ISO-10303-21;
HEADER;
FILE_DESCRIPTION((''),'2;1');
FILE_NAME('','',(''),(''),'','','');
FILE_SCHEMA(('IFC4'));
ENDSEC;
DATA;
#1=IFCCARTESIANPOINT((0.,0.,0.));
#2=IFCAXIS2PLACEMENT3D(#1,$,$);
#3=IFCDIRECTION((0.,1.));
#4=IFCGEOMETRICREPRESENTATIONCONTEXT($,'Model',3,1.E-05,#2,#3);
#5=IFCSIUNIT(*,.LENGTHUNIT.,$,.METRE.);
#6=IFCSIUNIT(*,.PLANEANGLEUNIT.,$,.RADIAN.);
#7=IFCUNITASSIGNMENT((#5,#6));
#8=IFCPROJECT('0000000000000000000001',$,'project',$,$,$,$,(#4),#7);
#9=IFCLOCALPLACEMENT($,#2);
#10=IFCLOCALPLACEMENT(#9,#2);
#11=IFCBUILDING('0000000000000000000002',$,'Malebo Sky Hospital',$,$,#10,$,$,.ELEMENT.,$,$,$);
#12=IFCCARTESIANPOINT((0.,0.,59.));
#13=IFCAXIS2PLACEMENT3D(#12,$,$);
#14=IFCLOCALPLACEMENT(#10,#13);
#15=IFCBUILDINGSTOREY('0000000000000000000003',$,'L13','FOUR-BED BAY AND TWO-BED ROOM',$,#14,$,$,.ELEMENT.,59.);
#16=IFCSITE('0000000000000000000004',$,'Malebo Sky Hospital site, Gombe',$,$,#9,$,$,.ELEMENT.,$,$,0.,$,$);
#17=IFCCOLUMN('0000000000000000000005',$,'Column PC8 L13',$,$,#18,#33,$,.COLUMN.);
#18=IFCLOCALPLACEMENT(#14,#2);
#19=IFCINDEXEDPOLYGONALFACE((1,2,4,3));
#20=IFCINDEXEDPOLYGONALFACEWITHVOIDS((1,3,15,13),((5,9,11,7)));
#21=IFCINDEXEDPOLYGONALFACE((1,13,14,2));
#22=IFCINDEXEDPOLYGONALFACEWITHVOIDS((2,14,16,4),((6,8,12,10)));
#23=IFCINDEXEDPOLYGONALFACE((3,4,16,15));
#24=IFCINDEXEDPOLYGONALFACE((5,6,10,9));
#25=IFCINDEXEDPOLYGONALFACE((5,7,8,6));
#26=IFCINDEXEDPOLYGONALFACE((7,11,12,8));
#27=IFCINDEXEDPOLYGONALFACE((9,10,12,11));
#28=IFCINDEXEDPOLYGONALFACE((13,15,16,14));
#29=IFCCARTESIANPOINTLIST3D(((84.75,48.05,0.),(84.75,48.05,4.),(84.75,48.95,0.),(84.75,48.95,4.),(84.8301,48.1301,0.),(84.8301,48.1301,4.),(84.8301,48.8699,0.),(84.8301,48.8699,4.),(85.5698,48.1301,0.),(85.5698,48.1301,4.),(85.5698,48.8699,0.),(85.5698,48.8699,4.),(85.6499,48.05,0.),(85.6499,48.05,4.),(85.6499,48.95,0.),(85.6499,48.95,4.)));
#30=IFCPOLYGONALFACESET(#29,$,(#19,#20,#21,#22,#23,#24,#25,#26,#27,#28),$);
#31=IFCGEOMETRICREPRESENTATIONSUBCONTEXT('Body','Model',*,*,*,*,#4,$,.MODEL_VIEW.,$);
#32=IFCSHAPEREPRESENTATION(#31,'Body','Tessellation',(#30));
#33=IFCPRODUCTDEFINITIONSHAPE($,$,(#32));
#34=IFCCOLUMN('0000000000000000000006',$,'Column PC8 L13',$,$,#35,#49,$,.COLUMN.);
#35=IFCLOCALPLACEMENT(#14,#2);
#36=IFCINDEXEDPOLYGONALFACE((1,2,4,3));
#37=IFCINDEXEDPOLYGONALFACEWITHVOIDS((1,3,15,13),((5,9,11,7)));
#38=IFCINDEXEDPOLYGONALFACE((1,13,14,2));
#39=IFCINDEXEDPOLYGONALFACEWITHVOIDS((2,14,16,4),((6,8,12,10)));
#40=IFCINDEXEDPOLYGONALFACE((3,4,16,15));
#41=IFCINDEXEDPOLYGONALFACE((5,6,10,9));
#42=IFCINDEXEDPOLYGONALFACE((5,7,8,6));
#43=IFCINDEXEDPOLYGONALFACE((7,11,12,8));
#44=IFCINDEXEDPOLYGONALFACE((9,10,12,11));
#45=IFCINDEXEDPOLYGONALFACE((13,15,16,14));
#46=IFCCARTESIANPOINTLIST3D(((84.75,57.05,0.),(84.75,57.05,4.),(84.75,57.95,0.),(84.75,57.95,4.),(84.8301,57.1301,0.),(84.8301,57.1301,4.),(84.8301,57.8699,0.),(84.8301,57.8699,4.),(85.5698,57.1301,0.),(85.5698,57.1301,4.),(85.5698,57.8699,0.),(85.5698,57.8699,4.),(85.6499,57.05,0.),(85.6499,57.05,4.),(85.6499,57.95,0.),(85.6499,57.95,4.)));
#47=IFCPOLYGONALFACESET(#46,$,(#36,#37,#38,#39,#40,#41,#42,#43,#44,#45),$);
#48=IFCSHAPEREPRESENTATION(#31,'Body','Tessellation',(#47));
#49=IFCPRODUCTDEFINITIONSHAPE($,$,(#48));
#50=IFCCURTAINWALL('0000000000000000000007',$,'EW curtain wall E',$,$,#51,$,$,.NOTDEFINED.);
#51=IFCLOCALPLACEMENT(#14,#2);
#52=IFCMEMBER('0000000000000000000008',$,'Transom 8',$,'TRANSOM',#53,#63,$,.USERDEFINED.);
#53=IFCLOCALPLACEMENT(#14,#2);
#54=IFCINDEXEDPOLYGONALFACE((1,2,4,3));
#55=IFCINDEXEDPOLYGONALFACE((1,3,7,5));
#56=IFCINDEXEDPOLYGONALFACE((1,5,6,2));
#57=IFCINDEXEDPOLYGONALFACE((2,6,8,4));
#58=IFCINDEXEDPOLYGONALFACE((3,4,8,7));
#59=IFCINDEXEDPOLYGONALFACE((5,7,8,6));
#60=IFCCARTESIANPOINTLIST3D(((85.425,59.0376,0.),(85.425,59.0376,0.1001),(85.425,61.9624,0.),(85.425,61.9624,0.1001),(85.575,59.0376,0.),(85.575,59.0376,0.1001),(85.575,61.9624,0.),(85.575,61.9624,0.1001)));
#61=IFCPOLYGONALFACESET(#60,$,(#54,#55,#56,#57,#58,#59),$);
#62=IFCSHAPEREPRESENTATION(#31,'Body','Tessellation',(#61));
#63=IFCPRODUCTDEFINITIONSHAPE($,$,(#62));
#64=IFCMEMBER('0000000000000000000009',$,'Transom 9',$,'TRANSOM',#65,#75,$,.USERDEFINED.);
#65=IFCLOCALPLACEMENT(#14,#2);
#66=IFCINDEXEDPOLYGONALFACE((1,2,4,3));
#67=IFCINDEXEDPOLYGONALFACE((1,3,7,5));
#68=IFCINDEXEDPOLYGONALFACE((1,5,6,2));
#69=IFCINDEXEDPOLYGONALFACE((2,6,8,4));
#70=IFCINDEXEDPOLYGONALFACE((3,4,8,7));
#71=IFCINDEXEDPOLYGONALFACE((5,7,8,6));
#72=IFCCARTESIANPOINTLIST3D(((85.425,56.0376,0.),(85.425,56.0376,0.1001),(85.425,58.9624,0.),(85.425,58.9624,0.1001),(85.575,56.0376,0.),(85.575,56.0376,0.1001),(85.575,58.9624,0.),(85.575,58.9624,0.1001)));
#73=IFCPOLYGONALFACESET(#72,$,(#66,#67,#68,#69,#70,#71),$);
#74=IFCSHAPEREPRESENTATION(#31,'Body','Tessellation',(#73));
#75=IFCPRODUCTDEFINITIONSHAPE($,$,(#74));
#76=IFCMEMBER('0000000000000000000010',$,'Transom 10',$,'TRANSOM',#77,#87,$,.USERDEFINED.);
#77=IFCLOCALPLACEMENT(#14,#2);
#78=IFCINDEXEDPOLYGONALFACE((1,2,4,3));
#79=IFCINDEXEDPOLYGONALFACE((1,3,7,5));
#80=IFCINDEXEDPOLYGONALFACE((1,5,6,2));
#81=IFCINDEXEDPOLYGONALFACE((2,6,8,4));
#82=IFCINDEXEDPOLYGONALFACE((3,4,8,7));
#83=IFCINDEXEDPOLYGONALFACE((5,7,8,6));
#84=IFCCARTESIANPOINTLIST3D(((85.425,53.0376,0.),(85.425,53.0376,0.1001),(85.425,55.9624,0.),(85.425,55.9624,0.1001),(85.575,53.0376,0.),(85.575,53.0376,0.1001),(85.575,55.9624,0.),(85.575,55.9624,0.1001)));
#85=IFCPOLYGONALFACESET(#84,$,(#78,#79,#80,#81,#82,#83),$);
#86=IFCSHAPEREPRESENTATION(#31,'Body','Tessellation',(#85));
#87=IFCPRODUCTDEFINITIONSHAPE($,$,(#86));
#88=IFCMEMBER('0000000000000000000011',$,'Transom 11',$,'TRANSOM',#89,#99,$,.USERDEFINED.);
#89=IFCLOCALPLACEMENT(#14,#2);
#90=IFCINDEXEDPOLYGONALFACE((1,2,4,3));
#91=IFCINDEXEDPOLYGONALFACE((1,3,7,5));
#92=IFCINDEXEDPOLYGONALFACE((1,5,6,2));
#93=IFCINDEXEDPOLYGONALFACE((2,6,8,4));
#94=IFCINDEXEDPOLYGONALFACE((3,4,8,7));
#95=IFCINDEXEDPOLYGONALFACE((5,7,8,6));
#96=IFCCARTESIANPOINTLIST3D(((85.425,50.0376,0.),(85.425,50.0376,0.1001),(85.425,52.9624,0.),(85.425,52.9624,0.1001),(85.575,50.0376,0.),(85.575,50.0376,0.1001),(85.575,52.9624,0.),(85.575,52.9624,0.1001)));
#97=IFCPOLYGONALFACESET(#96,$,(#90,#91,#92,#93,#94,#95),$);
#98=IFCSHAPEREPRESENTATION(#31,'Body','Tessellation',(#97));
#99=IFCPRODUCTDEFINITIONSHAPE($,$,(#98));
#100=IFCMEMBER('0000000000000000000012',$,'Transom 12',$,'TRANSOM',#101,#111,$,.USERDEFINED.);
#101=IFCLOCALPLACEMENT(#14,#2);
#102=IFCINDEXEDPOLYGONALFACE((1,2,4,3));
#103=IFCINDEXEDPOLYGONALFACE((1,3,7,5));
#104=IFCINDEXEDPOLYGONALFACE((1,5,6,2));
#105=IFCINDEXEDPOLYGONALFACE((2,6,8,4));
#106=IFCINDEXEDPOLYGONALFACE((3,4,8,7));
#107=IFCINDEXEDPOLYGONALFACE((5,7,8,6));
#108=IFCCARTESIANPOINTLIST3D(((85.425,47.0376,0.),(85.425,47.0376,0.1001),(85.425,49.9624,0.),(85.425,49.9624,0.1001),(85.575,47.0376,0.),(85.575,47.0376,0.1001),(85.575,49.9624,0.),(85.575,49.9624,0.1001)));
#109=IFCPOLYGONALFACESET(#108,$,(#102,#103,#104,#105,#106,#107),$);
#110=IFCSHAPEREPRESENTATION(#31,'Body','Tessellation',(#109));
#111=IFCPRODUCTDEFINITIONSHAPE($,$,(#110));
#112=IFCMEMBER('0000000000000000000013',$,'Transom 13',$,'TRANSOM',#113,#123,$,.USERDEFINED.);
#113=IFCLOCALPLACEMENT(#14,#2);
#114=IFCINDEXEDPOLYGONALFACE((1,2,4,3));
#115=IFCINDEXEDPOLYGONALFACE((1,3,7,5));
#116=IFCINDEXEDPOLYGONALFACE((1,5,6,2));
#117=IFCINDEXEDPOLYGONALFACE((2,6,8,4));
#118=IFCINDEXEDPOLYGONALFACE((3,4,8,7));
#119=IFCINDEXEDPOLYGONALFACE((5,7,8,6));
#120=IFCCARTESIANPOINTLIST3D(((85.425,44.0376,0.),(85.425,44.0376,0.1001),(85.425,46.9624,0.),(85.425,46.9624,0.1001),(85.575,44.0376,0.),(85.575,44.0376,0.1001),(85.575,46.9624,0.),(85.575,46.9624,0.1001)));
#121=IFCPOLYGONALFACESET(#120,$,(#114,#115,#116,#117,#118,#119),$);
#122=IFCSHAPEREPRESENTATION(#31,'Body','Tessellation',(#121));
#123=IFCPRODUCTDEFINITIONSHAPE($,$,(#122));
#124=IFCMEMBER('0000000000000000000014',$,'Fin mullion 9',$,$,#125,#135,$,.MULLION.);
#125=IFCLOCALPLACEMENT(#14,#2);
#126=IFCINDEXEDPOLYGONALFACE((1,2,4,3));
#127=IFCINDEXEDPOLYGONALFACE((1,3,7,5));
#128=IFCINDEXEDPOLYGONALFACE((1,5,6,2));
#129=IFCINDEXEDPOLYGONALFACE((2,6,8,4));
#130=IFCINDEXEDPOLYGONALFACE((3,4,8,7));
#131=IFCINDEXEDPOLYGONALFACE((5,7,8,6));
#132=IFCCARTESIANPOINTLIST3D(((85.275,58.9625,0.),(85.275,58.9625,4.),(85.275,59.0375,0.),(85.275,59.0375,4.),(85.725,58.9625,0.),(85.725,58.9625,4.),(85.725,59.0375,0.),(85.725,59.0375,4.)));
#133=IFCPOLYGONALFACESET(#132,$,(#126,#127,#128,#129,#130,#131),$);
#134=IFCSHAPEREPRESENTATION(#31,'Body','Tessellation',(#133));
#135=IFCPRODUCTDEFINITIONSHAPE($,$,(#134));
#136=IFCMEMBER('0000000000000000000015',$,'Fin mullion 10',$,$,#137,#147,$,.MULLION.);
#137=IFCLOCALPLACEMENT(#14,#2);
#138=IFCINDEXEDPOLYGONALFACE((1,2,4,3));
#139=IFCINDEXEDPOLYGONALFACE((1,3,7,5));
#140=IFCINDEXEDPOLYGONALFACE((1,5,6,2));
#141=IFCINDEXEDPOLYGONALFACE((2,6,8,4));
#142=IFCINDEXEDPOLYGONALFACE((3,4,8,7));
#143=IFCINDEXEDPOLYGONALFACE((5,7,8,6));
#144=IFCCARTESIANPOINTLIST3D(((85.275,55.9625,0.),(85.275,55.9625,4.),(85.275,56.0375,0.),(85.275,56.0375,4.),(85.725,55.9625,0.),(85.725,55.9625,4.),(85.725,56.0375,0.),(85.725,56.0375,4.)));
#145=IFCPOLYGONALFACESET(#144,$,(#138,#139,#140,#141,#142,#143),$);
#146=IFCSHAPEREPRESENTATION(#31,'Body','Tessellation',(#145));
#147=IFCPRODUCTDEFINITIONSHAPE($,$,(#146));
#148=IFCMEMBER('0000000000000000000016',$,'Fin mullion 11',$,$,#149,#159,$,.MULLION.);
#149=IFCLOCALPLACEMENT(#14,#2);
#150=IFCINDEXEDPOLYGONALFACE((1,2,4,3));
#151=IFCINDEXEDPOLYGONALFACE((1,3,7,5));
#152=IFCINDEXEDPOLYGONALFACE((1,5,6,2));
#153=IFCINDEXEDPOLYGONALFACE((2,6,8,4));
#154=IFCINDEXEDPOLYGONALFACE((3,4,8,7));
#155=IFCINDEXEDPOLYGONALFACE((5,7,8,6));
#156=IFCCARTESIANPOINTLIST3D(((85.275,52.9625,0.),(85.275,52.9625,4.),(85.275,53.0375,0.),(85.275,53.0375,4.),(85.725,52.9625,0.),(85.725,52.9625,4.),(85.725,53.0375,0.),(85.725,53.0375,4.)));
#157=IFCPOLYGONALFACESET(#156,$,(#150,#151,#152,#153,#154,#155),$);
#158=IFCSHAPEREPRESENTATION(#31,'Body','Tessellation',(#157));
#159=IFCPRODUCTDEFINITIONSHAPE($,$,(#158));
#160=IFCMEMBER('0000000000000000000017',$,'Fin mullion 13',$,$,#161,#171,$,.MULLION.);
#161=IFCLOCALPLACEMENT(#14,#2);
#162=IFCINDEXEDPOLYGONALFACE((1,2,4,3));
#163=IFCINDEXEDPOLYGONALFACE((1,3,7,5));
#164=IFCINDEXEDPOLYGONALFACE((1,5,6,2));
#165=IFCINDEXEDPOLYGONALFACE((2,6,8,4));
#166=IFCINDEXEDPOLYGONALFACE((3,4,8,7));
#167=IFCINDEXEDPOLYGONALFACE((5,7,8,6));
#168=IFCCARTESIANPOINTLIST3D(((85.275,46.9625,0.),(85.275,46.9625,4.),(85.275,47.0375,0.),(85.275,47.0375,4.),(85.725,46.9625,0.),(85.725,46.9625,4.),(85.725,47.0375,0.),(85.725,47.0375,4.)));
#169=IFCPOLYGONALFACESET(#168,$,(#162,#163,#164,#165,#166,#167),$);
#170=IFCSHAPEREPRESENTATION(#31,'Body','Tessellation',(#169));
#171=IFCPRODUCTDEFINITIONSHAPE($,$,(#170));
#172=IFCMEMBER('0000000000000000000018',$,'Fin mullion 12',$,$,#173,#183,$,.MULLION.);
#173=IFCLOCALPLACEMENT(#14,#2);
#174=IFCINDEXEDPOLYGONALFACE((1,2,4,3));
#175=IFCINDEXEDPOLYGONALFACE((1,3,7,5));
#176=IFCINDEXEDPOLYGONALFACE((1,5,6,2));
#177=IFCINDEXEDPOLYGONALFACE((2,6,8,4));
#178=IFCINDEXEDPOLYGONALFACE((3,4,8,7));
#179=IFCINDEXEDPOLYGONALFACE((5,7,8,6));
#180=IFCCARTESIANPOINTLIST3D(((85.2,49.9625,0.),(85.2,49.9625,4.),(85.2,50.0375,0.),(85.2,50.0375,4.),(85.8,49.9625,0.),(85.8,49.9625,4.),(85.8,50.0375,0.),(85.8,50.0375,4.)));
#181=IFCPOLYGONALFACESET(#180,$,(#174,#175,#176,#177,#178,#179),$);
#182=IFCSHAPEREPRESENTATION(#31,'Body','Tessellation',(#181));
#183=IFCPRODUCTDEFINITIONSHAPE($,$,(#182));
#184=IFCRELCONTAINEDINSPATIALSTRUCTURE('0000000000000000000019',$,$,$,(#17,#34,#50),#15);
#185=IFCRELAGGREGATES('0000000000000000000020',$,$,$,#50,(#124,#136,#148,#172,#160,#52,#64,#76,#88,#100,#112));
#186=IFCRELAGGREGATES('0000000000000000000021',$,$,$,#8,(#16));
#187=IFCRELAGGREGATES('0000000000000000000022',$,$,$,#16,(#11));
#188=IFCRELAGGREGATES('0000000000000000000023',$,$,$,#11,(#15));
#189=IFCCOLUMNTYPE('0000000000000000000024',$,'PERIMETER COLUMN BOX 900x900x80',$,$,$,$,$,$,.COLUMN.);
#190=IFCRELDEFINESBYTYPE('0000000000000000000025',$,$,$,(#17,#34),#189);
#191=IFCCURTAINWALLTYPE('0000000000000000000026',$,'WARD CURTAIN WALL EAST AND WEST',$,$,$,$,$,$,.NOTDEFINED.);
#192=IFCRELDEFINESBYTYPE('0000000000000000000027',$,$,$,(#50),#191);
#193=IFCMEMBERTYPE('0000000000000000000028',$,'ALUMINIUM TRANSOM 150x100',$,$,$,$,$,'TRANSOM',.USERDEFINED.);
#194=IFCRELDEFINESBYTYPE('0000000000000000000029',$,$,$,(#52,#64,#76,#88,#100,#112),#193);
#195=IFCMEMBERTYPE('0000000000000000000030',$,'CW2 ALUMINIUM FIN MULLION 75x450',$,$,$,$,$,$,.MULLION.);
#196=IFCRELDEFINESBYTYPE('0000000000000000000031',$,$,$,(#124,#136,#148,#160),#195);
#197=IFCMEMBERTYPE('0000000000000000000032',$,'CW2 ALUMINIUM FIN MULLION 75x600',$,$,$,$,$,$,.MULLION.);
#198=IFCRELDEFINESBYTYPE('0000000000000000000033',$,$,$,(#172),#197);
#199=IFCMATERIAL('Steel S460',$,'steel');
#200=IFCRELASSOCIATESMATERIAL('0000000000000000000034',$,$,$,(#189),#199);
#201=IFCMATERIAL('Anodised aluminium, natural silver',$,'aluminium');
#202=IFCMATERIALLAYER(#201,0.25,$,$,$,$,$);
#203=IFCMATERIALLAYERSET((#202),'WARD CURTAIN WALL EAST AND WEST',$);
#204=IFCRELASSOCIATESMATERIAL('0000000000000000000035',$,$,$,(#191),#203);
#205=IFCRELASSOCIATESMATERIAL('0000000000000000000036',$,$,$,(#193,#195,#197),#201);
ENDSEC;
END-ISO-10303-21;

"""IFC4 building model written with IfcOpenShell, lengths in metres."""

from ifc_helpers import new_model, si_unit, direction, frame, origin, origin_2d, place, context, subcontext, project, spatial, rectangle, hollow_rectangle, extrude, material, layer, layer_set, material_profile, profile_set, type_object, element, aggregate, save


model = new_model("IFC4")

# Units and contexts
model_context = context("Model", 3, precision=1e-05, world=origin(), true_north=direction((0.0, 1.0)))
body_context = subcontext(model_context, "Body", "Model", "MODEL_VIEW")
ifc_project = project(units=[si_unit("LENGTHUNIT", "METRE"), si_unit("PLANEANGLEUNIT", "RADIAN")], contexts=[model_context])

# Site, building, storey
site_placement = place(None, origin())
site = spatial("IfcSite", under=ifc_project, at=site_placement, Name="Malebo Sky Hospital site, Gombe", CompositionType="ELEMENT", RefElevation=0.0)
building_placement = place(site_placement, origin())
building = spatial("IfcBuilding", under=site, at=building_placement, Name="Malebo Sky Hospital", CompositionType="ELEMENT")
storey_placement = place(building_placement, frame((0.0, 0.0, 59.0)))
storey = spatial("IfcBuildingStorey", under=building, at=storey_placement, Name="L13", Description="FOUR-BED BAY AND TWO-BED ROOM", CompositionType="ELEMENT", Elevation=59.0)

# Columns
ifc_material_1 = material(Name="Steel S460", Category="steel")
ifc_material_profile_1 = material_profile(ifc_material_1, hollow_rectangle(XDim=0.8999, YDim=0.8999, WallThickness=0.0801, at=origin_2d()), Name="BOX 900x900x80")
ifc_profile_set_1 = profile_set([ifc_material_profile_1], Name="Steel S460")
column_type = type_object("IfcColumnType", Name="PERIMETER COLUMN BOX 900x900x80", PredefinedType="COLUMN", material=ifc_profile_set_1)
for number, where, z_axis, x_axis, name in (
    (1, (85.2, 48.5, 0.0), (0.0, 0.0, 1.0), (1.0, 0.0, 0.0), "Column PC8 L13"),
    (2, (85.2, 57.5, 0.0), (0.0, 0.0, 1.0), (1.0, 0.0, 0.0), "Column PC8 L13"),
):
    element("IfcColumn", number, at=place(storey_placement, frame(where, z_axis=z_axis, x_axis=x_axis)), inside=storey, type_object=column_type, Name=name, PredefinedType="COLUMN", context=body_context, shape_type="SweptSolid", body=[
        extrude(hollow_rectangle(XDim=0.8999, YDim=0.8999, WallThickness=0.0801, at=origin_2d()), origin(), (0.0, 0.0, 1.0), 4.0),
    ])

# Curtain wall, members
ifc_material_2 = material(Name="Anodised aluminium, natural silver", Category="aluminium")
ifc_layer_1 = layer(ifc_material_2, 0.25)
ifc_layer_set_1 = layer_set([ifc_layer_1], Name="WARD CURTAIN WALL EAST AND WEST")
curtain_wall_type = type_object("IfcCurtainWallType", Name="WARD CURTAIN WALL EAST AND WEST", PredefinedType="NOTDEFINED", material=ifc_layer_set_1)
curtain_wall_placement = place(storey_placement, origin())
curtain_wall = element("IfcCurtainWall", 3, at=curtain_wall_placement, inside=storey, type_object=curtain_wall_type, Name="EW curtain wall E", PredefinedType="NOTDEFINED")
ifc_material_profile_2 = material_profile(ifc_material_2, rectangle(XDim=0.1499, YDim=0.1001, at=origin_2d()), Name="ALUMINIUM TRANSOM 150x100")
ifc_profile_set_2 = profile_set([ifc_material_profile_2], Name="Anodised aluminium, natural silver")
member_type_1 = type_object("IfcMemberType", Name="ALUMINIUM TRANSOM 150x100", ElementType="TRANSOM", PredefinedType="USERDEFINED", material=ifc_profile_set_2)
member_1_placement = place(storey_placement, frame((85.5, 61.9624, 0.05), z_axis=(0.0, -1.0, 0.0), x_axis=(1.0, 0.0, 0.0)))
member_1 = element("IfcMember", 4, at=member_1_placement, type_object=member_type_1, Name="Transom 8", ObjectType="TRANSOM", PredefinedType="USERDEFINED", context=body_context, shape_type="SweptSolid", body=[
    extrude(rectangle(XDim=0.1499, YDim=0.1001, at=origin_2d()), origin(), (0.0, 0.0, 1.0), 2.9248),
])
member_2_placement = place(storey_placement, frame((85.5, 58.9624, 0.05), z_axis=(0.0, -1.0, 0.0), x_axis=(1.0, 0.0, 0.0)))
member_2 = element("IfcMember", 5, at=member_2_placement, type_object=member_type_1, Name="Transom 9", ObjectType="TRANSOM", PredefinedType="USERDEFINED", context=body_context, shape_type="SweptSolid", body=[
    extrude(rectangle(XDim=0.1499, YDim=0.1001, at=origin_2d()), origin(), (0.0, 0.0, 1.0), 2.9248),
])
member_3_placement = place(storey_placement, frame((85.5, 55.9624, 0.05), z_axis=(0.0, -1.0, 0.0), x_axis=(1.0, 0.0, 0.0)))
member_3 = element("IfcMember", 6, at=member_3_placement, type_object=member_type_1, Name="Transom 10", ObjectType="TRANSOM", PredefinedType="USERDEFINED", context=body_context, shape_type="SweptSolid", body=[
    extrude(rectangle(XDim=0.1499, YDim=0.1001, at=origin_2d()), origin(), (0.0, 0.0, 1.0), 2.9248),
])
member_4_placement = place(storey_placement, frame((85.5, 52.9624, 0.05), z_axis=(0.0, -1.0, 0.0), x_axis=(1.0, 0.0, 0.0)))
member_4 = element("IfcMember", 7, at=member_4_placement, type_object=member_type_1, Name="Transom 11", ObjectType="TRANSOM", PredefinedType="USERDEFINED", context=body_context, shape_type="SweptSolid", body=[
    extrude(rectangle(XDim=0.1499, YDim=0.1001, at=origin_2d()), origin(), (0.0, 0.0, 1.0), 2.9248),
])
member_5_placement = place(storey_placement, frame((85.5, 49.9624, 0.05), z_axis=(0.0, -1.0, 0.0), x_axis=(1.0, 0.0, 0.0)))
member_5 = element("IfcMember", 8, at=member_5_placement, type_object=member_type_1, Name="Transom 12", ObjectType="TRANSOM", PredefinedType="USERDEFINED", context=body_context, shape_type="SweptSolid", body=[
    extrude(rectangle(XDim=0.1499, YDim=0.1001, at=origin_2d()), origin(), (0.0, 0.0, 1.0), 2.9248),
])
member_6_placement = place(storey_placement, frame((85.5, 46.9624, 0.05), z_axis=(0.0, -1.0, 0.0), x_axis=(1.0, 0.0, 0.0)))
member_6 = element("IfcMember", 9, at=member_6_placement, type_object=member_type_1, Name="Transom 13", ObjectType="TRANSOM", PredefinedType="USERDEFINED", context=body_context, shape_type="SweptSolid", body=[
    extrude(rectangle(XDim=0.1499, YDim=0.1001, at=origin_2d()), origin(), (0.0, 0.0, 1.0), 2.9248),
])
ifc_material_profile_3 = material_profile(ifc_material_2, rectangle(XDim=0.075, YDim=0.45, at=origin_2d()), Name="CW2 ALUMINIUM FIN MULLION 75x450")
ifc_profile_set_3 = profile_set([ifc_material_profile_3], Name="Anodised aluminium, natural silver")
member_type_2 = type_object("IfcMemberType", Name="CW2 ALUMINIUM FIN MULLION 75x450", PredefinedType="MULLION", material=ifc_profile_set_3)
member_7_placement = place(storey_placement, frame((85.5, 59.0, 0.0), z_axis=(0.0, 0.0, 1.0), x_axis=(0.0, -1.0, 0.0)))
member_7 = element("IfcMember", 10, at=member_7_placement, type_object=member_type_2, Name="Fin mullion 9", PredefinedType="MULLION", context=body_context, shape_type="SweptSolid", body=[
    extrude(rectangle(XDim=0.075, YDim=0.45, at=origin_2d()), origin(), (0.0, 0.0, 1.0), 4.0),
])
member_8_placement = place(storey_placement, frame((85.5, 56.0, 0.0), z_axis=(0.0, 0.0, 1.0), x_axis=(0.0, -1.0, 0.0)))
member_8 = element("IfcMember", 11, at=member_8_placement, type_object=member_type_2, Name="Fin mullion 10", PredefinedType="MULLION", context=body_context, shape_type="SweptSolid", body=[
    extrude(rectangle(XDim=0.075, YDim=0.45, at=origin_2d()), origin(), (0.0, 0.0, 1.0), 4.0),
])
member_9_placement = place(storey_placement, frame((85.5, 53.0, 0.0), z_axis=(0.0, 0.0, 1.0), x_axis=(0.0, -1.0, 0.0)))
member_9 = element("IfcMember", 12, at=member_9_placement, type_object=member_type_2, Name="Fin mullion 11", PredefinedType="MULLION", context=body_context, shape_type="SweptSolid", body=[
    extrude(rectangle(XDim=0.075, YDim=0.45, at=origin_2d()), origin(), (0.0, 0.0, 1.0), 4.0),
])
member_10_placement = place(storey_placement, frame((85.5, 47.0, 0.0), z_axis=(0.0, 0.0, 1.0), x_axis=(0.0, -1.0, 0.0)))
member_10 = element("IfcMember", 13, at=member_10_placement, type_object=member_type_2, Name="Fin mullion 13", PredefinedType="MULLION", context=body_context, shape_type="SweptSolid", body=[
    extrude(rectangle(XDim=0.075, YDim=0.45, at=origin_2d()), origin(), (0.0, 0.0, 1.0), 4.0),
])
ifc_material_profile_4 = material_profile(ifc_material_2, rectangle(XDim=0.075, YDim=0.6001, at=origin_2d()), Name="CW2 ALUMINIUM FIN MULLION 75x600")
ifc_profile_set_4 = profile_set([ifc_material_profile_4], Name="Anodised aluminium, natural silver")
member_type_3 = type_object("IfcMemberType", Name="CW2 ALUMINIUM FIN MULLION 75x600", PredefinedType="MULLION", material=ifc_profile_set_4)
member_11_placement = place(storey_placement, frame((85.5, 50.0, 0.0), z_axis=(0.0, 0.0, 1.0), x_axis=(0.0, -1.0, 0.0)))
member_11 = element("IfcMember", 14, at=member_11_placement, type_object=member_type_3, Name="Fin mullion 12", PredefinedType="MULLION", context=body_context, shape_type="SweptSolid", body=[
    extrude(rectangle(XDim=0.075, YDim=0.6001, at=origin_2d()), origin(), (0.0, 0.0, 1.0), 4.0),
])

aggregate(curtain_wall, [member_7, member_8, member_9, member_11, member_10, member_1, member_2, member_3, member_4, member_5, member_6])

save(model, "model.ifc")
